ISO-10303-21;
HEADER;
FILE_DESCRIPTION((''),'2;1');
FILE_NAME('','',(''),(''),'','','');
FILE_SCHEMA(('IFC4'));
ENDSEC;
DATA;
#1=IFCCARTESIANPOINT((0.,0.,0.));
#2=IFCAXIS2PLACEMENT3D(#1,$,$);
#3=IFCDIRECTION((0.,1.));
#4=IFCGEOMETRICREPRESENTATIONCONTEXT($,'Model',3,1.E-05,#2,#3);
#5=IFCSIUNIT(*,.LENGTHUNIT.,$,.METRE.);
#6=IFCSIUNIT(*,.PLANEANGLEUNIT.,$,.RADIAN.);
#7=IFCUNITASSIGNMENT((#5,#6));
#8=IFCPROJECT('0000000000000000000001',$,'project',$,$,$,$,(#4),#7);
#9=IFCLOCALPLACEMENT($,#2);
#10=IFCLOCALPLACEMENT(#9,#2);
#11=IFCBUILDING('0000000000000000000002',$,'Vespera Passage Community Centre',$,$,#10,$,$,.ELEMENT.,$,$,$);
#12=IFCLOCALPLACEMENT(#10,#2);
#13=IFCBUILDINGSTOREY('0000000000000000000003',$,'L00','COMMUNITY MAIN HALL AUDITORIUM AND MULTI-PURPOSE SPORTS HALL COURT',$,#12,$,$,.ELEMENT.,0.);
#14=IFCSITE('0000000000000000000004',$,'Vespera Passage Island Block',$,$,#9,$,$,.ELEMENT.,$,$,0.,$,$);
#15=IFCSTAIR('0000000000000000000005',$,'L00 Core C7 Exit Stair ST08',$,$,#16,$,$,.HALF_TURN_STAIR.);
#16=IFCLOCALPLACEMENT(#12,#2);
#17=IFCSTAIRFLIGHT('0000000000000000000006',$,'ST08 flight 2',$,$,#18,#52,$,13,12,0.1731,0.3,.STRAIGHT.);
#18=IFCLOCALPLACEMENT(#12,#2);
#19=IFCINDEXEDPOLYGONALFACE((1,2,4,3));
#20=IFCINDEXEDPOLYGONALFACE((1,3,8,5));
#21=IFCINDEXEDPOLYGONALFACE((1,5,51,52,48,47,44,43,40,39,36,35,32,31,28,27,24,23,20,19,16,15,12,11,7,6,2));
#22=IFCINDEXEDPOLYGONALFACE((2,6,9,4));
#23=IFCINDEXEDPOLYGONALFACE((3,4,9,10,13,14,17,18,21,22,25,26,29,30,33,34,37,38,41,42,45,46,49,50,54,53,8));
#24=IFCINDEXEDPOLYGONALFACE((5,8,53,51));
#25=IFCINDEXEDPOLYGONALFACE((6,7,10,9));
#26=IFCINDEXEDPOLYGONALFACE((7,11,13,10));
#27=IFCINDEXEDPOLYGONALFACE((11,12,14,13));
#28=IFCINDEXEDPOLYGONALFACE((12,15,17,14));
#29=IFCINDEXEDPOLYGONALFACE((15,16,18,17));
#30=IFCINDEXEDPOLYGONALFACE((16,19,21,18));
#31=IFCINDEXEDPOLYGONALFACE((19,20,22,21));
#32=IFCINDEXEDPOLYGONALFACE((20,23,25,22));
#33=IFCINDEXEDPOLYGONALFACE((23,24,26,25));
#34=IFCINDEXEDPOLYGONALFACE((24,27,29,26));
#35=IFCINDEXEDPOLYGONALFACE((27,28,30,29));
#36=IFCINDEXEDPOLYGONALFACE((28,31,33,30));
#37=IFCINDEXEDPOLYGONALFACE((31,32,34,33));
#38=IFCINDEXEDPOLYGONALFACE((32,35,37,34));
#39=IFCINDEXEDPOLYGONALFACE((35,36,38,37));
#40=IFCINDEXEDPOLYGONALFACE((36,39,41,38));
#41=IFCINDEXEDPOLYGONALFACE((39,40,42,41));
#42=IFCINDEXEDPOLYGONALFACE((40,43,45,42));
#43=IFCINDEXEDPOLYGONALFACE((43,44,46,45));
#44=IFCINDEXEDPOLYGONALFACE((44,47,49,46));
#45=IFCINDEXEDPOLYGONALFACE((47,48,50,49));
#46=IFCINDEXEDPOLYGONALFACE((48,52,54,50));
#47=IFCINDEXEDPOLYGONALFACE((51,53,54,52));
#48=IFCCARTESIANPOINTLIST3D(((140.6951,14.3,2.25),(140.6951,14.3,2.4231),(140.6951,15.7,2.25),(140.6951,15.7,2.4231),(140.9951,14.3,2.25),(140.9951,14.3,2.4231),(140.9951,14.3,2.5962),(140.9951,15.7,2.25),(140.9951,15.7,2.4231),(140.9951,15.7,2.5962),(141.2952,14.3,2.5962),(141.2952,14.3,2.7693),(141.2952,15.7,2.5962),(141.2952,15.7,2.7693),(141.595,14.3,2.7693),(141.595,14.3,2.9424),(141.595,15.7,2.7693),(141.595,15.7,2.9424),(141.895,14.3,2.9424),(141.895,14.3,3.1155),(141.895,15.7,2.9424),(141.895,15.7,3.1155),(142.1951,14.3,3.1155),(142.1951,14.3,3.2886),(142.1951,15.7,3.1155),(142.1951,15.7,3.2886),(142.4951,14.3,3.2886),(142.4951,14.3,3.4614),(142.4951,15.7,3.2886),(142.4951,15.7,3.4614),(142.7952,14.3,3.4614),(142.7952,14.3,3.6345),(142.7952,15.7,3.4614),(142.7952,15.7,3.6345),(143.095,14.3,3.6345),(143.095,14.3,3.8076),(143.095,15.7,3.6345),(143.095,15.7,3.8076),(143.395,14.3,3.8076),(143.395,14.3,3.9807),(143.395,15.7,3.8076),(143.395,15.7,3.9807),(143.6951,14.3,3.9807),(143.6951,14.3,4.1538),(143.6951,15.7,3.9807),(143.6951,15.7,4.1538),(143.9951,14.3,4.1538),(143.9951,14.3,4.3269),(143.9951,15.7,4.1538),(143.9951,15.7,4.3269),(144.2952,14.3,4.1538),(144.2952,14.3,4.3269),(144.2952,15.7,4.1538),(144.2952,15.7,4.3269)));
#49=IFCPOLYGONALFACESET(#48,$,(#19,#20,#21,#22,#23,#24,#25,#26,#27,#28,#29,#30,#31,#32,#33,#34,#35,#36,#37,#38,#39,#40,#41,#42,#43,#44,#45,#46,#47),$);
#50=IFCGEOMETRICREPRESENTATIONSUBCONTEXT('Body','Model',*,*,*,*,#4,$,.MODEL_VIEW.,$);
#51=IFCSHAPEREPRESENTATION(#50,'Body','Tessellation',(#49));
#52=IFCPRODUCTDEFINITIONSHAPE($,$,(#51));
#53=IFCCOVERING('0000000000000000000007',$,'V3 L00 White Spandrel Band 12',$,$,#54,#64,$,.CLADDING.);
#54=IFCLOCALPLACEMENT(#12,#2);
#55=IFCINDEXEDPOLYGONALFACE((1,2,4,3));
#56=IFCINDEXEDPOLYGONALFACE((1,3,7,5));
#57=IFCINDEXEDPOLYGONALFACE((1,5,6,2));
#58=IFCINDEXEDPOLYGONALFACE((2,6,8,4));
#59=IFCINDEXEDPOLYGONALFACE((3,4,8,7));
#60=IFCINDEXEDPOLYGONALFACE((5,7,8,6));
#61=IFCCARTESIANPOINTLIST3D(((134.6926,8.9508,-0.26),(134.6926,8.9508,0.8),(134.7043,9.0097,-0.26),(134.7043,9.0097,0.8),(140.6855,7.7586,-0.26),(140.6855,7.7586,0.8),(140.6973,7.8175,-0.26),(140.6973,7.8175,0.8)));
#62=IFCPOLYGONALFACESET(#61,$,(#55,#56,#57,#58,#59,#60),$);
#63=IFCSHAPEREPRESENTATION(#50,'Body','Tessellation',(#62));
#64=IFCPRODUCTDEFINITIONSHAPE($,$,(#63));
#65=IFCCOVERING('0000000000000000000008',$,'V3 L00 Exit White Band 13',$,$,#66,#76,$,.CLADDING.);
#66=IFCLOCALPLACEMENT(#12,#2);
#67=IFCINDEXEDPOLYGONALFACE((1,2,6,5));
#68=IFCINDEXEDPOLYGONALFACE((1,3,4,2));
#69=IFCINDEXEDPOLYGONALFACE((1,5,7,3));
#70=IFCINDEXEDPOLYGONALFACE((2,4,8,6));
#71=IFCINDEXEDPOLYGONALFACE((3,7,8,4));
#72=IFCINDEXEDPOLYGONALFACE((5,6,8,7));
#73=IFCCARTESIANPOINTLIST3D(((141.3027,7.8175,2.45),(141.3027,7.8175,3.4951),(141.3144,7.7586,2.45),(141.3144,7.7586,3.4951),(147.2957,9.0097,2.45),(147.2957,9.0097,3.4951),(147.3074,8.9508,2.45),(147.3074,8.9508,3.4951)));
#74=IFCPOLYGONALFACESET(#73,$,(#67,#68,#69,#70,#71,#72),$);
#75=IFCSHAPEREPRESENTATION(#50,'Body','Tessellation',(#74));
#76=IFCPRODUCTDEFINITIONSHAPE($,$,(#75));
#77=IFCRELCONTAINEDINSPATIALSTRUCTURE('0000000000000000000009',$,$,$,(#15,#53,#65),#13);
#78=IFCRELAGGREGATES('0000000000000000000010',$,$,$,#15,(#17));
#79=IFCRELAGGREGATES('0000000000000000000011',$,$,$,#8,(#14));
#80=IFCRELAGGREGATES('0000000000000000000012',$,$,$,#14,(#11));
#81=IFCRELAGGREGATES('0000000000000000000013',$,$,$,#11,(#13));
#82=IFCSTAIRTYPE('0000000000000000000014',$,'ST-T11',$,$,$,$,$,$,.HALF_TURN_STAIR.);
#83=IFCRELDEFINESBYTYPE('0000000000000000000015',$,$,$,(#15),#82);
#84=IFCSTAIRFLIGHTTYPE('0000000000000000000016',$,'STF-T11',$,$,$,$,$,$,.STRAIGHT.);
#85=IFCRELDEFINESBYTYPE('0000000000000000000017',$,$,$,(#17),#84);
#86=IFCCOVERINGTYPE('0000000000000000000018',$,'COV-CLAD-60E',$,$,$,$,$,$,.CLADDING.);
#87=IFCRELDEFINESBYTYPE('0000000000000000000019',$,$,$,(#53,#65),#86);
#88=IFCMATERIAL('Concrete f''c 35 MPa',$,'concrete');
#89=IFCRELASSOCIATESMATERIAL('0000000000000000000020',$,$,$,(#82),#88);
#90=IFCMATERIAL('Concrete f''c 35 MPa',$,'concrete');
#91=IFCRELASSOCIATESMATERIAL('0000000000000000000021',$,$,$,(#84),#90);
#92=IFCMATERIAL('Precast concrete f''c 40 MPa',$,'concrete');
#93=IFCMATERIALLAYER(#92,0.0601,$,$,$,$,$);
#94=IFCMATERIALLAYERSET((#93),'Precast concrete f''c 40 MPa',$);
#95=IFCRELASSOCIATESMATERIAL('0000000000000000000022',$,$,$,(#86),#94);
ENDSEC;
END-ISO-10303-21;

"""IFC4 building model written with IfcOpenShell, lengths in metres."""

from ifc_helpers import new_model, si_unit, direction, frame, frame_2d, origin, place, context, subcontext, project, spatial, polyline, rectangle, outline, extrude, material, layer, layer_set, type_object, element, aggregate, save


model = new_model("IFC4")

# Units and contexts
model_context = context("Model", 3, precision=1e-05, world=origin(), true_north=direction((0.0, 1.0)))
body_context = subcontext(model_context, "Body", "Model", "MODEL_VIEW")
ifc_project = project(units=[si_unit("LENGTHUNIT", "METRE"), si_unit("PLANEANGLEUNIT", "RADIAN")], contexts=[model_context])

# Site, building, storey
site_placement = place(None, origin())
site = spatial("IfcSite", under=ifc_project, at=site_placement, Name="Vespera Passage Island Block", CompositionType="ELEMENT", RefElevation=0.0)
building_placement = place(site_placement, origin())
building = spatial("IfcBuilding", under=site, at=building_placement, Name="Vespera Passage Community Centre", CompositionType="ELEMENT")
storey_placement = place(building_placement, origin())
storey = spatial("IfcBuildingStorey", under=building, at=storey_placement, Name="L00", Description="COMMUNITY MAIN HALL AUDITORIUM AND MULTI-PURPOSE SPORTS HALL COURT", CompositionType="ELEMENT", Elevation=0.0)

# Stair, stair flight
ifc_material_1 = material(Name="Concrete f'c 35 MPa", Category="concrete")
stair_type = type_object("IfcStairType", Name="ST-T11", PredefinedType="HALF_TURN_STAIR", material=ifc_material_1)
stair_placement = place(storey_placement, origin())
stair = element("IfcStair", 1, at=stair_placement, inside=storey, type_object=stair_type, Name="L00 Core C7 Exit Stair ST08", PredefinedType="HALF_TURN_STAIR")
ifc_material_2 = material(Name="Concrete f'c 35 MPa", Category="concrete")
stair_flight_type = type_object("IfcStairFlightType", Name="STF-T11", PredefinedType="STRAIGHT", material=ifc_material_2)
stair_flight_1_placement = place(storey_placement, frame((140.6951, 15.0, 2.25), z_axis=(0.0, 0.0, 1.0), x_axis=(1.0, 0.0, 0.0)))
stair_flight_1 = element("IfcStairFlight", 2, at=stair_flight_1_placement, type_object=stair_flight_type, Name="ST08 flight 2", NumberOfRisers=13, NumberOfTreads=12, PredefinedType="STRAIGHT", RiserHeight=0.1731, TreadLength=0.3, context=body_context, shape_type="SweptSolid", body=[
    extrude(outline(polyline([(0.0, 0.0), (0.0, 0.1731), (0.3, 0.1731), (0.3, 0.3462), (0.6001, 0.3462), (0.6001, 0.5193), (0.8999, 0.5193), (0.8999, 0.6924), (1.2, 0.6924), (1.2, 0.8655), (1.5, 0.8655), (1.5, 1.0386), (1.8, 1.0386), (1.8, 1.2114), (2.1001, 1.2114), (2.1001, 1.3845), (2.3999, 1.3845), (2.3999, 1.5576), (2.7, 1.5576), (2.7, 1.7307), (3.0, 1.7307), (3.0, 1.9038), (3.3, 1.9038), (3.3, 2.0769), (3.6001, 2.0769), (3.6001, 2.25), (3.6001, 1.9038), (0.3, 0.0), (0.0, 0.0)])), frame((0.0, 0.7, 0.0), z_axis=(0.0, -1.0, 0.0), x_axis=(1.0, 0.0, 0.0)), (0.0, 0.0, 1.0), 1.3999),
])
aggregate(stair, [stair_flight_1])

# Coverings
ifc_material_3 = material(Name="Precast concrete f'c 40 MPa", Category="concrete")
ifc_layer_1 = layer(ifc_material_3, 0.0601)
ifc_layer_set_1 = layer_set([ifc_layer_1], Name="Precast concrete f'c 40 MPa")
covering_type = type_object("IfcCoveringType", Name="COV-CLAD-60E", PredefinedType="CLADDING", material=ifc_layer_set_1)
covering_1_placement = place(storey_placement, frame((140.6914, 7.7881, -0.26), z_axis=(0.0, 0.0, 1.0), x_axis=(-0.980783, 0.195102, 0.0)))
element("IfcCovering", 3, at=covering_1_placement, inside=storey, type_object=covering_type, Name="V3 L00 White Spandrel Band 12", PredefinedType="CLADDING", context=body_context, shape_type="SweptSolid", body=[
    extrude(rectangle(XDim=6.1104, YDim=0.0601, at=frame_2d((3.0552, 0.0))), origin(), (0.0, 0.0, 1.0), 1.0601),
])
covering_2_placement = place(storey_placement, frame((147.3015, 8.9802, 2.45), z_axis=(0.0, 0.0, 1.0), x_axis=(-0.980783, -0.195102, 0.0)))
element("IfcCovering", 4, at=covering_2_placement, inside=storey, type_object=covering_type, Name="V3 L00 Exit White Band 13", PredefinedType="CLADDING", context=body_context, shape_type="SweptSolid", body=[
    extrude(rectangle(XDim=6.1104, YDim=0.0601, at=frame_2d((3.0552, 0.0))), origin(), (0.0, 0.0, 1.0), 1.0452),
])

save(model, "model.ifc")
